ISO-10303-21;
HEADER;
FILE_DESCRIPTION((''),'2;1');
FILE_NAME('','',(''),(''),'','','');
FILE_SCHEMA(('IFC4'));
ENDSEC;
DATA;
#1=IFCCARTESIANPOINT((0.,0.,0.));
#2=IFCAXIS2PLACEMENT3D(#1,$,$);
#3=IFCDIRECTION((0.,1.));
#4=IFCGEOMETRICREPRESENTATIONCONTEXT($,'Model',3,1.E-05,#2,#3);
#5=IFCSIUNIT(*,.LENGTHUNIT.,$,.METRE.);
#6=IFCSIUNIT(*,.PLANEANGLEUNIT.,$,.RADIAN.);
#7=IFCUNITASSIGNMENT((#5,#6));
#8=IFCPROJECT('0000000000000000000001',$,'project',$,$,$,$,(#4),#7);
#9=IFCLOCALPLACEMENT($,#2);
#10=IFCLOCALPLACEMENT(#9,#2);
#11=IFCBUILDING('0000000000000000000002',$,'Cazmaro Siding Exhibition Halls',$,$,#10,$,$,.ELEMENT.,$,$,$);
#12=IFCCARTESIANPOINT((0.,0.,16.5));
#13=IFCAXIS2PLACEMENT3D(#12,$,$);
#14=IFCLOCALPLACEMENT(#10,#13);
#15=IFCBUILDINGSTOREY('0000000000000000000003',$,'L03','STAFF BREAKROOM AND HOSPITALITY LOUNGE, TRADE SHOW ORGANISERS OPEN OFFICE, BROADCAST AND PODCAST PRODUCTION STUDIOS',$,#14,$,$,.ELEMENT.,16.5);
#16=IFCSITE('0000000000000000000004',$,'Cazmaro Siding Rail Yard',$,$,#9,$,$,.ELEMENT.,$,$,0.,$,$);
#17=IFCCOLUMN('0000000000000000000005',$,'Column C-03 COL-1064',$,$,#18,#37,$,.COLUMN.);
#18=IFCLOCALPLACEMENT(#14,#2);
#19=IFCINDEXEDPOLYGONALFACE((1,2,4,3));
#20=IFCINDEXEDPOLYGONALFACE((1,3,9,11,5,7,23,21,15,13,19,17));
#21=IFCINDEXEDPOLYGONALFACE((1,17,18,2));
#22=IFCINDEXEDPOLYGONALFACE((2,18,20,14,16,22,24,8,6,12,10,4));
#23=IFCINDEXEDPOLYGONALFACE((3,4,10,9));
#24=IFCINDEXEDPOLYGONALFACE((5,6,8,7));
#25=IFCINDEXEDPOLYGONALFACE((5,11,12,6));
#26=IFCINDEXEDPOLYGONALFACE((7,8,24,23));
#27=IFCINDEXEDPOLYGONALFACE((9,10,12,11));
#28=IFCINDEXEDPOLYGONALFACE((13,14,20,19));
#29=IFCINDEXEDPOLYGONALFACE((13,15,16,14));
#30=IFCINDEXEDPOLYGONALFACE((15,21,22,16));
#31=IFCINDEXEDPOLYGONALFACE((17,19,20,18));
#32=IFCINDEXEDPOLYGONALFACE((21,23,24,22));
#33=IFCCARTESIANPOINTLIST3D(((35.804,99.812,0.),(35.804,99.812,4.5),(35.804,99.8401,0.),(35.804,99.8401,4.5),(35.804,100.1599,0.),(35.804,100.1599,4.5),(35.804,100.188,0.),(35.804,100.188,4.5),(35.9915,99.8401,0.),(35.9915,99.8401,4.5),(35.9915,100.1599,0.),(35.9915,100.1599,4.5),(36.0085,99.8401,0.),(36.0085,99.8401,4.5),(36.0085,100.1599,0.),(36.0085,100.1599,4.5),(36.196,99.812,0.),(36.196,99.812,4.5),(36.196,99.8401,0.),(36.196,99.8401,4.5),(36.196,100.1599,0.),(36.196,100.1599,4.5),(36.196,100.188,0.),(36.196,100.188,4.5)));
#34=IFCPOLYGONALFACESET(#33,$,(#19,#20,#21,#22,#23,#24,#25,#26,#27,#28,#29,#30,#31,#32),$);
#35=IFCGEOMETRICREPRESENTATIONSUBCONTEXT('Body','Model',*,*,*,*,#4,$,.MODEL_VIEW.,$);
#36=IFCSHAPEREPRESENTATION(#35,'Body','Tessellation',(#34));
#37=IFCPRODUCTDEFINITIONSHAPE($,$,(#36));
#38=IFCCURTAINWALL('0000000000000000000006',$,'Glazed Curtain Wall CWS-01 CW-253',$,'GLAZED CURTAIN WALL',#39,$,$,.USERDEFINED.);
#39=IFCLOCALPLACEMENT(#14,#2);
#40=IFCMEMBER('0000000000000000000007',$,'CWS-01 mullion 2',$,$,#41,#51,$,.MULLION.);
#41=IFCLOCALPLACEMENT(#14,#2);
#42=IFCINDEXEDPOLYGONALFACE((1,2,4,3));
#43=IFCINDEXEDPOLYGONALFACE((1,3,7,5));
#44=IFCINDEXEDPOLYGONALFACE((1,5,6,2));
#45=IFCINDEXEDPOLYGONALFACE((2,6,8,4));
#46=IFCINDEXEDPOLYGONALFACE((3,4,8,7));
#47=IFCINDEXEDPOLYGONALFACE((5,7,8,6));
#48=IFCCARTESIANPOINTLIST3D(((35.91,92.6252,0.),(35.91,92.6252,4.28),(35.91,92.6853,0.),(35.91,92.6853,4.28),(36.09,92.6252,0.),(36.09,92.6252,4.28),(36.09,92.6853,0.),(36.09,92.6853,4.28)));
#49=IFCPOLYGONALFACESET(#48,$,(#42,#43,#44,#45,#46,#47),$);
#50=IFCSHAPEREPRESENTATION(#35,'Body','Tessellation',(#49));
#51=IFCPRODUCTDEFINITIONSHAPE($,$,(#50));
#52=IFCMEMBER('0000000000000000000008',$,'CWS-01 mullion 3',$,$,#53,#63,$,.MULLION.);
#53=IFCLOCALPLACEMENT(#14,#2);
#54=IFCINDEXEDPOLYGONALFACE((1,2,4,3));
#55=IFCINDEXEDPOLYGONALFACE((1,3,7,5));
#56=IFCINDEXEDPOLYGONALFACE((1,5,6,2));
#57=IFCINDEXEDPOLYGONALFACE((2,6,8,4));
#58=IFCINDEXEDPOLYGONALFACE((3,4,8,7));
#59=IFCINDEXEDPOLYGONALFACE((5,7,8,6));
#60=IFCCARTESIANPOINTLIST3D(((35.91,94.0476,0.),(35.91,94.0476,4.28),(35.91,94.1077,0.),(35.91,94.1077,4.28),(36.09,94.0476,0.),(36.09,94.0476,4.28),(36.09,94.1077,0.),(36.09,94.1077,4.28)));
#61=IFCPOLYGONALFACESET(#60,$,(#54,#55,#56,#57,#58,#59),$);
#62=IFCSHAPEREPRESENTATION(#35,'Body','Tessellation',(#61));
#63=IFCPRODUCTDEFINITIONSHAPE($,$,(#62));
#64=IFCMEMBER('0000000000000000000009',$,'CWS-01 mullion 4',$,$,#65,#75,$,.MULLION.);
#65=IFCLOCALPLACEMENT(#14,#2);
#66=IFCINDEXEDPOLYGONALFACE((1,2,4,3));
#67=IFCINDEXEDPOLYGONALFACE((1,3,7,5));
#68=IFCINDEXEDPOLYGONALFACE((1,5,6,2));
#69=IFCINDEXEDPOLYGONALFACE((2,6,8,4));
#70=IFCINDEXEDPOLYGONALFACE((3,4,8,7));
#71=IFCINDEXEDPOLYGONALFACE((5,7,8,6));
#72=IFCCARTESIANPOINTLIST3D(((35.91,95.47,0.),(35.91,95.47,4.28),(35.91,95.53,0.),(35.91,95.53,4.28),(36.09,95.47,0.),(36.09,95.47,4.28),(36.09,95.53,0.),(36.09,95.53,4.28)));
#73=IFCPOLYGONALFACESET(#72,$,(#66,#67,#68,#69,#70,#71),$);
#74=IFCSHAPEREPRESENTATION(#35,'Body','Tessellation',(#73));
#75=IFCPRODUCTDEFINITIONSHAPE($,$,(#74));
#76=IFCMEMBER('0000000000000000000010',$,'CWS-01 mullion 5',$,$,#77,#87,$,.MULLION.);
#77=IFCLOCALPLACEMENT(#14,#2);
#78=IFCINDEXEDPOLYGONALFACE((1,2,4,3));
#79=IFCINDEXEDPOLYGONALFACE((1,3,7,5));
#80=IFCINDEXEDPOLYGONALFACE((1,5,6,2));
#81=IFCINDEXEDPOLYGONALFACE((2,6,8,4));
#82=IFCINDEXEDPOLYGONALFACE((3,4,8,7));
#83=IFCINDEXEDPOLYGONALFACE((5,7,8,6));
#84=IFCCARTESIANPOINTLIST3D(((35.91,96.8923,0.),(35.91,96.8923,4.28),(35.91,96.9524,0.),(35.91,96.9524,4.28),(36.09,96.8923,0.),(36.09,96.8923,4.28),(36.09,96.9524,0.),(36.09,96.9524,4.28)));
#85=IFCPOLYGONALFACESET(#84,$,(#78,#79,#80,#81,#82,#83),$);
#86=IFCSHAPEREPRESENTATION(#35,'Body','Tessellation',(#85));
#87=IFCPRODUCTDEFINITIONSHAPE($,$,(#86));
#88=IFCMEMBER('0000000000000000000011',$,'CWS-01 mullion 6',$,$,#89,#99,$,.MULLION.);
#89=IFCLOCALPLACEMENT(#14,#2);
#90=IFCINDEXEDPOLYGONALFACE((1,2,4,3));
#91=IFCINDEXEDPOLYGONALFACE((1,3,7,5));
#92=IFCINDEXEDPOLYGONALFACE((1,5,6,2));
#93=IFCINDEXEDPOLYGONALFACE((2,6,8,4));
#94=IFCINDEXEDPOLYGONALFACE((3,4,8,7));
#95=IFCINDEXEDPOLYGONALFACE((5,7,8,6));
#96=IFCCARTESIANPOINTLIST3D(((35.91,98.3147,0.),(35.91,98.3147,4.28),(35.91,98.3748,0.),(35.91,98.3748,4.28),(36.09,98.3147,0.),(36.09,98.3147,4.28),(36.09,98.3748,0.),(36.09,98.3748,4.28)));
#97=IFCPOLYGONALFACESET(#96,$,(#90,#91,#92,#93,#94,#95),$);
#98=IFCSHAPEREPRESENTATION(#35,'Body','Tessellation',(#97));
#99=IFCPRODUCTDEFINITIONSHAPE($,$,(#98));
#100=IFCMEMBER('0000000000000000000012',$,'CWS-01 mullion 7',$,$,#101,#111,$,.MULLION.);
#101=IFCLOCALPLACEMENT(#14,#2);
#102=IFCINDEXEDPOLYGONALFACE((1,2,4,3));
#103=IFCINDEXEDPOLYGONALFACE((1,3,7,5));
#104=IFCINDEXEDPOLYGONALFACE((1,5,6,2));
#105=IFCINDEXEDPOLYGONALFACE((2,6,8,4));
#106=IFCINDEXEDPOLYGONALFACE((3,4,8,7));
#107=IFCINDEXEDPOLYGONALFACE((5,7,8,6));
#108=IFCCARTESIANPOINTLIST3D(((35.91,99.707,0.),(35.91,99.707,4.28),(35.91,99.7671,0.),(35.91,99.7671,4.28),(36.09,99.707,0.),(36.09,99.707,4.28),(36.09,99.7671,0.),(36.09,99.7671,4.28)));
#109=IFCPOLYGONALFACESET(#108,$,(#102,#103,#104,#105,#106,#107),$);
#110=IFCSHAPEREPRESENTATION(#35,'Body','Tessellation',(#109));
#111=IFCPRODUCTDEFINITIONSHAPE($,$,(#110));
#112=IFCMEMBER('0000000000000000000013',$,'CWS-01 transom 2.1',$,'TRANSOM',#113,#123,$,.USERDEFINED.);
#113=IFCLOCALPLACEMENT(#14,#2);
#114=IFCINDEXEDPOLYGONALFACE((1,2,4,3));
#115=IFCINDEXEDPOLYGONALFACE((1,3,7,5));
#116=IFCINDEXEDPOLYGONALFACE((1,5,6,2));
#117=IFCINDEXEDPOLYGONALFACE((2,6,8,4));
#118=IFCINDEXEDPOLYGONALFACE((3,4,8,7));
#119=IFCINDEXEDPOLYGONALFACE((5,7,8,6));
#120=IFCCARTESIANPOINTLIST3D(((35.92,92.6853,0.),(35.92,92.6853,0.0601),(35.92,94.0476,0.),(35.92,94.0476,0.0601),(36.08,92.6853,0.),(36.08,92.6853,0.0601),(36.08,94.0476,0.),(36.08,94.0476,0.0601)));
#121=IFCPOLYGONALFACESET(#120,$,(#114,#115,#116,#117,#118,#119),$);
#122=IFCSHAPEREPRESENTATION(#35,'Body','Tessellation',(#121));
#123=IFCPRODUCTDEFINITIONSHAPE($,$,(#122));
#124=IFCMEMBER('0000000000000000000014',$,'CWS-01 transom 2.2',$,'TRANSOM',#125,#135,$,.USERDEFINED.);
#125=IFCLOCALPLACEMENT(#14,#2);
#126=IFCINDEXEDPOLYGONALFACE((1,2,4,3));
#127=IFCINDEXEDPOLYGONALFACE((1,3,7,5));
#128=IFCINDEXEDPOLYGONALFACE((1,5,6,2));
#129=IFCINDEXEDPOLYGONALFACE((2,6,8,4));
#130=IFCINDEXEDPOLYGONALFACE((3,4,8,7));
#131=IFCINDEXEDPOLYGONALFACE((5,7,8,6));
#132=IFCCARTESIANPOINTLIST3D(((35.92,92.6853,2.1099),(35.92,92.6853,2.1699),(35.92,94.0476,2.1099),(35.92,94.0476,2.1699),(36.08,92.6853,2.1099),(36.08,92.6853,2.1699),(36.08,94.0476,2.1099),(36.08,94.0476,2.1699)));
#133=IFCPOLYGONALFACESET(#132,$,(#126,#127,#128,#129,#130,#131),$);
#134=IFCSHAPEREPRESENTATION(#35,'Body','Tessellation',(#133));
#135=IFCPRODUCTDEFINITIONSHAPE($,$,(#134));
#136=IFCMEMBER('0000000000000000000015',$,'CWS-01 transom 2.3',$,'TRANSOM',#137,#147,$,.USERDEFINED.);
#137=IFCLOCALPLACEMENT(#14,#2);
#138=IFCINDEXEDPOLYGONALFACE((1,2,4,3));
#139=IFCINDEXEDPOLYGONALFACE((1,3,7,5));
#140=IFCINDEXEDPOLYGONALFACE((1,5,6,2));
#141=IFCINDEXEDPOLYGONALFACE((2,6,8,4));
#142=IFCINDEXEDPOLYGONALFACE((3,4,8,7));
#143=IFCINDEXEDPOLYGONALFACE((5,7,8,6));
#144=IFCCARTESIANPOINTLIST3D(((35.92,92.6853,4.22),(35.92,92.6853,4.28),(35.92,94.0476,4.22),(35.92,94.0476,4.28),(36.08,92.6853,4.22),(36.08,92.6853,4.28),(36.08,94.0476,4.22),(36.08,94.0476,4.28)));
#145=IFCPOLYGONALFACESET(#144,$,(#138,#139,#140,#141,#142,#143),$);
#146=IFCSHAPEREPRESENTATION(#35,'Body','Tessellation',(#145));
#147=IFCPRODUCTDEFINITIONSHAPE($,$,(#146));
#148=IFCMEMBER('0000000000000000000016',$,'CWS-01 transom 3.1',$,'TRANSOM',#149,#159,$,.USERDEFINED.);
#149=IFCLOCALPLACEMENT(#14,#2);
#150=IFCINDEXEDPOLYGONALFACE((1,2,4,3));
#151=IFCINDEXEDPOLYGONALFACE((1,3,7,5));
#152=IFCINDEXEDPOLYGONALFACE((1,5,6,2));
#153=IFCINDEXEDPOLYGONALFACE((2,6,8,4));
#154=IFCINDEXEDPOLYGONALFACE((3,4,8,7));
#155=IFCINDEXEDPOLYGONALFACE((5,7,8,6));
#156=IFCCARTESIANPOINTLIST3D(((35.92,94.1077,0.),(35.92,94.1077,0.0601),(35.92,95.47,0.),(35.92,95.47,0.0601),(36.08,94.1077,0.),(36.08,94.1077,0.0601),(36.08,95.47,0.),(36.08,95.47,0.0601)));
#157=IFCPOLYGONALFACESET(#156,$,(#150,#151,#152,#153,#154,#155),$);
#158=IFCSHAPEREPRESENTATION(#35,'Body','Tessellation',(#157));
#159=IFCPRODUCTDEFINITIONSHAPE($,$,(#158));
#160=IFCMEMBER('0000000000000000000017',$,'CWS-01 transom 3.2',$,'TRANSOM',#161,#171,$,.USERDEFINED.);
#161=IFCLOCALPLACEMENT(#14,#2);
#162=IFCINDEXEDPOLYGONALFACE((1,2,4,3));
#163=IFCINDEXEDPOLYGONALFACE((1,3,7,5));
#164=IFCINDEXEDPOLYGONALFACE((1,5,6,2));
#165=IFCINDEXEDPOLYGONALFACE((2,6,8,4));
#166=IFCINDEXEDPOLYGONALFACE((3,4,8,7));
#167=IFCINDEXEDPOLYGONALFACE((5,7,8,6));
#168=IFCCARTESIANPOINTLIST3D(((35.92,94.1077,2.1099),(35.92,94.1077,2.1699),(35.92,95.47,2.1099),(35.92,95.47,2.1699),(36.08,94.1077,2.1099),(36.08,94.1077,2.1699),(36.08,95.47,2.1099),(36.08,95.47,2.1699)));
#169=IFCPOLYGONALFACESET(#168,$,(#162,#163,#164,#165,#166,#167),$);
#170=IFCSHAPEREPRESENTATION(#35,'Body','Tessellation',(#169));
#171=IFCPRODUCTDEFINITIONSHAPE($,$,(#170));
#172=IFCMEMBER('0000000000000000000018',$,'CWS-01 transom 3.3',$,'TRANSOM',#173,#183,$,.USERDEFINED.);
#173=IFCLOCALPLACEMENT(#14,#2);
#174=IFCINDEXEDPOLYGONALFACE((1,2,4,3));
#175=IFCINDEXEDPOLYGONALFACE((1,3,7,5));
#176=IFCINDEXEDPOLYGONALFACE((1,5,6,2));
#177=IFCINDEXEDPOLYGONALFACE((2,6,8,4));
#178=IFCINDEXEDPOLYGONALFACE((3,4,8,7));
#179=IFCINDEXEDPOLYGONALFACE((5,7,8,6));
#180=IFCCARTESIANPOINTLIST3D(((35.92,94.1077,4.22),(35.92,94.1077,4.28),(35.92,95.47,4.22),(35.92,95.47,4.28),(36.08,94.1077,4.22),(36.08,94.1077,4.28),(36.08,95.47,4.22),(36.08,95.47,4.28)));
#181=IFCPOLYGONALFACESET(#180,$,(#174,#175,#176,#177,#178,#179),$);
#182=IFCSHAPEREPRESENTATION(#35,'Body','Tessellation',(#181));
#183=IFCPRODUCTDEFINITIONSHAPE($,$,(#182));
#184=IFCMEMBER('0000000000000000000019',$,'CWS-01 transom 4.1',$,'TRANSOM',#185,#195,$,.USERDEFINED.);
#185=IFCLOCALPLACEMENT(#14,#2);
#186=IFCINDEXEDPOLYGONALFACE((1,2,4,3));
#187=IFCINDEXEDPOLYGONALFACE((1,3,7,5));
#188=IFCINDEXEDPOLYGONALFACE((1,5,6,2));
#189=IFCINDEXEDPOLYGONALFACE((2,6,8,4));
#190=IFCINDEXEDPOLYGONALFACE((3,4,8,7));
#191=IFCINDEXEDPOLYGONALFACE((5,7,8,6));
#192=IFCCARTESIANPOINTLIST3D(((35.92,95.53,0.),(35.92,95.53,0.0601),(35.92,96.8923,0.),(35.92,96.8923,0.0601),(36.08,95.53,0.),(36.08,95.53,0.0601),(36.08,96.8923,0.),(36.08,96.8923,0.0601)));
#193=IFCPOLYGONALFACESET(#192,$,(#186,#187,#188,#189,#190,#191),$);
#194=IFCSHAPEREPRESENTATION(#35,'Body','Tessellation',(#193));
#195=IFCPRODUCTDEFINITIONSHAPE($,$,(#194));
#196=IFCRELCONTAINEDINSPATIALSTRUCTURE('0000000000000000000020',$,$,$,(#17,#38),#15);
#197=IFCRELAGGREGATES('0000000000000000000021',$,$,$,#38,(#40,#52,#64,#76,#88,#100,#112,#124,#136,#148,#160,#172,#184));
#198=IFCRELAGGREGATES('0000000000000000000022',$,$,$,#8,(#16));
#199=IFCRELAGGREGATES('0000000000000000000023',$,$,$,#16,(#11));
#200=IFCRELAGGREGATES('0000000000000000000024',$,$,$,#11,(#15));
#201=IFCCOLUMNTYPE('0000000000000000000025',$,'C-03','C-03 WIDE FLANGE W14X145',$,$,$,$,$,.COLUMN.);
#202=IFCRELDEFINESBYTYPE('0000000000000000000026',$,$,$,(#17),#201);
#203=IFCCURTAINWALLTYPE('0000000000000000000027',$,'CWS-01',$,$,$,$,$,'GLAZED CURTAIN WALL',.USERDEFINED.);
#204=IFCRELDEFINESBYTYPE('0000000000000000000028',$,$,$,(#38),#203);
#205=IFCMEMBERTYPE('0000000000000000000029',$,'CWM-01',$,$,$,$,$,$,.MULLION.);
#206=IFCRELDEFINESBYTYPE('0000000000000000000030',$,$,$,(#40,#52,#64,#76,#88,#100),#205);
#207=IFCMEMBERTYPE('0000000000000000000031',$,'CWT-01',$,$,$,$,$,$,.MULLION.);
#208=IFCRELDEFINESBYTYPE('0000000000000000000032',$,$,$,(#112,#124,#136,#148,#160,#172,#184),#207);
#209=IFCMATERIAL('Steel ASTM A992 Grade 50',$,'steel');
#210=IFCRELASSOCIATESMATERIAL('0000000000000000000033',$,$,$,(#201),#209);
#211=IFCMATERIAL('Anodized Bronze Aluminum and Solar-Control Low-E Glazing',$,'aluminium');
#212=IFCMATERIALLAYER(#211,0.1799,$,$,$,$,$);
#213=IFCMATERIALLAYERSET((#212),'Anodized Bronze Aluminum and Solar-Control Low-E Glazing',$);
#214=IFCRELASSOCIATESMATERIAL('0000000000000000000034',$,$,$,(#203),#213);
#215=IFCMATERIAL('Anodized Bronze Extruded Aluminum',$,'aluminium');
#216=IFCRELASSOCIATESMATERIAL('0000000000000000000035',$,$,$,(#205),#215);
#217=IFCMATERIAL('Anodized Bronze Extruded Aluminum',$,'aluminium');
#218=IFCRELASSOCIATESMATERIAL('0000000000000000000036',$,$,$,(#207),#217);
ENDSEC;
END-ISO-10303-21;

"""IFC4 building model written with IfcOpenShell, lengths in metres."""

from ifc_helpers import new_model, si_unit, direction, frame, origin, origin_2d, place, context, subcontext, project, spatial, rectangle, i_section, extrude, material, layer, layer_set, material_profile, profile_set, type_object, element, aggregate, save


model = new_model("IFC4")

# Units and contexts
model_context = context("Model", 3, precision=1e-05, world=origin(), true_north=direction((0.0, 1.0)))
body_context = subcontext(model_context, "Body", "Model", "MODEL_VIEW")
ifc_project = project(units=[si_unit("LENGTHUNIT", "METRE"), si_unit("PLANEANGLEUNIT", "RADIAN")], contexts=[model_context])

# Site, building, storey
site_placement = place(None, origin())
site = spatial("IfcSite", under=ifc_project, at=site_placement, Name="Cazmaro Siding Rail Yard", CompositionType="ELEMENT", RefElevation=0.0)
building_placement = place(site_placement, origin())
building = spatial("IfcBuilding", under=site, at=building_placement, Name="Cazmaro Siding Exhibition Halls", CompositionType="ELEMENT")
storey_placement = place(building_placement, frame((0.0, 0.0, 16.5)))
storey = spatial("IfcBuildingStorey", under=building, at=storey_placement, Name="L03", Description="STAFF BREAKROOM AND HOSPITALITY LOUNGE, TRADE SHOW ORGANISERS OPEN OFFICE, BROADCAST AND PODCAST PRODUCTION STUDIOS", CompositionType="ELEMENT", Elevation=16.5)

# Column
ifc_material_1 = material(Name="Steel ASTM A992 Grade 50", Category="steel")
ifc_material_profile_1 = material_profile(ifc_material_1, i_section(OverallWidth=0.3921, OverallDepth=0.376, WebThickness=0.0171, FlangeThickness=0.0281, at=origin_2d()), Name="W14X145")
ifc_profile_set_1 = profile_set([ifc_material_profile_1], Name="Steel ASTM A992 Grade 50")
column_type = type_object("IfcColumnType", Name="C-03", Description="C-03 WIDE FLANGE W14X145", PredefinedType="COLUMN", material=ifc_profile_set_1)
column_placement = place(storey_placement, frame((36.0, 100.0, 0.0), z_axis=(0.0, 0.0, 1.0), x_axis=(1.0, 0.0, 0.0)))
element("IfcColumn", 1, at=column_placement, inside=storey, type_object=column_type, Name="Column C-03 COL-1064", PredefinedType="COLUMN", context=body_context, shape_type="SweptSolid", body=[
    extrude(i_section(OverallWidth=0.3921, OverallDepth=0.376, WebThickness=0.0171, FlangeThickness=0.0281, at=origin_2d()), origin(), (0.0, 0.0, 1.0), 4.5),
])

# Curtain wall, members
ifc_material_2 = material(Name="Anodized Bronze Aluminum and Solar-Control Low-E Glazing", Category="aluminium")
ifc_layer_1 = layer(ifc_material_2, 0.1799)
ifc_layer_set_1 = layer_set([ifc_layer_1], Name="Anodized Bronze Aluminum and Solar-Control Low-E Glazing")
curtain_wall_type = type_object("IfcCurtainWallType", Name="CWS-01", ElementType="GLAZED CURTAIN WALL", PredefinedType="USERDEFINED", material=ifc_layer_set_1)
curtain_wall_placement = place(storey_placement, origin())
curtain_wall = element("IfcCurtainWall", 2, at=curtain_wall_placement, inside=storey, type_object=curtain_wall_type, Name="Glazed Curtain Wall CWS-01 CW-253", ObjectType="GLAZED CURTAIN WALL", PredefinedType="USERDEFINED")
ifc_material_3 = material(Name="Anodized Bronze Extruded Aluminum", Category="aluminium")
ifc_material_profile_2 = material_profile(ifc_material_3, rectangle(XDim=0.1799, YDim=0.0601, at=origin_2d()), Name="CWM-01")
ifc_profile_set_2 = profile_set([ifc_material_profile_2], Name="Anodized Bronze Extruded Aluminum")
member_type_1 = type_object("IfcMemberType", Name="CWM-01", PredefinedType="MULLION", material=ifc_profile_set_2)
member_1_placement = place(storey_placement, frame((36.0, 92.6553, 0.0), z_axis=(0.0, 0.0, 1.0), x_axis=(-1.0, 0.0, 0.0)))
member_1 = element("IfcMember", 3, at=member_1_placement, type_object=member_type_1, Name="CWS-01 mullion 2", PredefinedType="MULLION", context=body_context, shape_type="SweptSolid", body=[
    extrude(rectangle(XDim=0.1799, YDim=0.0601, at=origin_2d()), origin(), (0.0, 0.0, 1.0), 4.28),
])
member_2_placement = place(storey_placement, frame((36.0, 94.0776, 0.0), z_axis=(0.0, 0.0, 1.0), x_axis=(-1.0, 0.0, 0.0)))
member_2 = element("IfcMember", 4, at=member_2_placement, type_object=member_type_1, Name="CWS-01 mullion 3", PredefinedType="MULLION", context=body_context, shape_type="SweptSolid", body=[
    extrude(rectangle(XDim=0.1799, YDim=0.0601, at=origin_2d()), origin(), (0.0, 0.0, 1.0), 4.28),
])
member_3_placement = place(storey_placement, frame((36.0, 95.5, 0.0), z_axis=(0.0, 0.0, 1.0), x_axis=(-1.0, 0.0, 0.0)))
member_3 = element("IfcMember", 5, at=member_3_placement, type_object=member_type_1, Name="CWS-01 mullion 4", PredefinedType="MULLION", context=body_context, shape_type="SweptSolid", body=[
    extrude(rectangle(XDim=0.1799, YDim=0.0601, at=origin_2d()), origin(), (0.0, 0.0, 1.0), 4.28),
])
member_4_placement = place(storey_placement, frame((36.0, 96.9224, 0.0), z_axis=(0.0, 0.0, 1.0), x_axis=(-1.0, 0.0, 0.0)))
member_4 = element("IfcMember", 6, at=member_4_placement, type_object=member_type_1, Name="CWS-01 mullion 5", PredefinedType="MULLION", context=body_context, shape_type="SweptSolid", body=[
    extrude(rectangle(XDim=0.1799, YDim=0.0601, at=origin_2d()), origin(), (0.0, 0.0, 1.0), 4.28),
])
member_5_placement = place(storey_placement, frame((36.0, 98.3447, 0.0), z_axis=(0.0, 0.0, 1.0), x_axis=(-1.0, 0.0, 0.0)))
member_5 = element("IfcMember", 7, at=member_5_placement, type_object=member_type_1, Name="CWS-01 mullion 6", PredefinedType="MULLION", context=body_context, shape_type="SweptSolid", body=[
    extrude(rectangle(XDim=0.1799, YDim=0.0601, at=origin_2d()), origin(), (0.0, 0.0, 1.0), 4.28),
])
member_6_placement = place(storey_placement, frame((36.0, 99.7371, 0.0), z_axis=(0.0, 0.0, 1.0), x_axis=(-1.0, 0.0, 0.0)))
member_6 = element("IfcMember", 8, at=member_6_placement, type_object=member_type_1, Name="CWS-01 mullion 7", PredefinedType="MULLION", context=body_context, shape_type="SweptSolid", body=[
    extrude(rectangle(XDim=0.1799, YDim=0.0601, at=origin_2d()), origin(), (0.0, 0.0, 1.0), 4.28),
])
ifc_material_4 = material(Name="Anodized Bronze Extruded Aluminum", Category="aluminium")
ifc_material_profile_3 = material_profile(ifc_material_4, rectangle(XDim=0.1599, YDim=0.0601, at=origin_2d()), Name="CWT-01")
ifc_profile_set_3 = profile_set([ifc_material_profile_3], Name="Anodized Bronze Extruded Aluminum")
member_type_2 = type_object("IfcMemberType", Name="CWT-01", PredefinedType="MULLION", material=ifc_profile_set_3)
member_7_placement = place(storey_placement, frame((36.0, 92.6853, 0.03), z_axis=(0.0, 1.0, 0.0), x_axis=(-1.0, 0.0, 0.0)))
member_7 = element("IfcMember", 9, at=member_7_placement, type_object=member_type_2, Name="CWS-01 transom 2.1", ObjectType="TRANSOM", PredefinedType="USERDEFINED", context=body_context, shape_type="SweptSolid", body=[
    extrude(rectangle(XDim=0.1599, YDim=0.0601, at=origin_2d()), origin(), (0.0, 0.0, 1.0), 1.3623),
])
member_8_placement = place(storey_placement, frame((36.0, 92.6853, 2.1399), z_axis=(0.0, 1.0, 0.0), x_axis=(-1.0, 0.0, 0.0)))
member_8 = element("IfcMember", 10, at=member_8_placement, type_object=member_type_2, Name="CWS-01 transom 2.2", ObjectType="TRANSOM", PredefinedType="USERDEFINED", context=body_context, shape_type="SweptSolid", body=[
    extrude(rectangle(XDim=0.1599, YDim=0.0601, at=origin_2d()), origin(), (0.0, 0.0, 1.0), 1.3623),
])
member_9_placement = place(storey_placement, frame((36.0, 92.6853, 4.25), z_axis=(0.0, 1.0, 0.0), x_axis=(-1.0, 0.0, 0.0)))
member_9 = element("IfcMember", 11, at=member_9_placement, type_object=member_type_2, Name="CWS-01 transom 2.3", ObjectType="TRANSOM", PredefinedType="USERDEFINED", context=body_context, shape_type="SweptSolid", body=[
    extrude(rectangle(XDim=0.1599, YDim=0.0601, at=origin_2d()), origin(), (0.0, 0.0, 1.0), 1.3623),
])
member_10_placement = place(storey_placement, frame((36.0, 94.1077, 0.03), z_axis=(0.0, 1.0, 0.0), x_axis=(-1.0, 0.0, 0.0)))
member_10 = element("IfcMember", 12, at=member_10_placement, type_object=member_type_2, Name="CWS-01 transom 3.1", ObjectType="TRANSOM", PredefinedType="USERDEFINED", context=body_context, shape_type="SweptSolid", body=[
    extrude(rectangle(XDim=0.1599, YDim=0.0601, at=origin_2d()), origin(), (0.0, 0.0, 1.0), 1.3623),
])
member_11_placement = place(storey_placement, frame((36.0, 94.1077, 2.1399), z_axis=(0.0, 1.0, 0.0), x_axis=(-1.0, 0.0, 0.0)))
member_11 = element("IfcMember", 13, at=member_11_placement, type_object=member_type_2, Name="CWS-01 transom 3.2", ObjectType="TRANSOM", PredefinedType="USERDEFINED", context=body_context, shape_type="SweptSolid", body=[
    extrude(rectangle(XDim=0.1599, YDim=0.0601, at=origin_2d()), origin(), (0.0, 0.0, 1.0), 1.3623),
])
member_12_placement = place(storey_placement, frame((36.0, 94.1077, 4.25), z_axis=(0.0, 1.0, 0.0), x_axis=(-1.0, 0.0, 0.0)))
member_12 = element("IfcMember", 14, at=member_12_placement, type_object=member_type_2, Name="CWS-01 transom 3.3", ObjectType="TRANSOM", PredefinedType="USERDEFINED", context=body_context, shape_type="SweptSolid", body=[
    extrude(rectangle(XDim=0.1599, YDim=0.0601, at=origin_2d()), origin(), (0.0, 0.0, 1.0), 1.3623),
])
member_13_placement = place(storey_placement, frame((36.0, 95.53, 0.03), z_axis=(0.0, 1.0, 0.0), x_axis=(-1.0, 0.0, 0.0)))
member_13 = element("IfcMember", 15, at=member_13_placement, type_object=member_type_2, Name="CWS-01 transom 4.1", ObjectType="TRANSOM", PredefinedType="USERDEFINED", context=body_context, shape_type="SweptSolid", body=[
    extrude(rectangle(XDim=0.1599, YDim=0.0601, at=origin_2d()), origin(), (0.0, 0.0, 1.0), 1.3623),
])
aggregate(curtain_wall, [member_1, member_2, member_3, member_4, member_5, member_6, member_7, member_8, member_9, member_10, member_11, member_12, member_13])

save(model, "model.ifc")
